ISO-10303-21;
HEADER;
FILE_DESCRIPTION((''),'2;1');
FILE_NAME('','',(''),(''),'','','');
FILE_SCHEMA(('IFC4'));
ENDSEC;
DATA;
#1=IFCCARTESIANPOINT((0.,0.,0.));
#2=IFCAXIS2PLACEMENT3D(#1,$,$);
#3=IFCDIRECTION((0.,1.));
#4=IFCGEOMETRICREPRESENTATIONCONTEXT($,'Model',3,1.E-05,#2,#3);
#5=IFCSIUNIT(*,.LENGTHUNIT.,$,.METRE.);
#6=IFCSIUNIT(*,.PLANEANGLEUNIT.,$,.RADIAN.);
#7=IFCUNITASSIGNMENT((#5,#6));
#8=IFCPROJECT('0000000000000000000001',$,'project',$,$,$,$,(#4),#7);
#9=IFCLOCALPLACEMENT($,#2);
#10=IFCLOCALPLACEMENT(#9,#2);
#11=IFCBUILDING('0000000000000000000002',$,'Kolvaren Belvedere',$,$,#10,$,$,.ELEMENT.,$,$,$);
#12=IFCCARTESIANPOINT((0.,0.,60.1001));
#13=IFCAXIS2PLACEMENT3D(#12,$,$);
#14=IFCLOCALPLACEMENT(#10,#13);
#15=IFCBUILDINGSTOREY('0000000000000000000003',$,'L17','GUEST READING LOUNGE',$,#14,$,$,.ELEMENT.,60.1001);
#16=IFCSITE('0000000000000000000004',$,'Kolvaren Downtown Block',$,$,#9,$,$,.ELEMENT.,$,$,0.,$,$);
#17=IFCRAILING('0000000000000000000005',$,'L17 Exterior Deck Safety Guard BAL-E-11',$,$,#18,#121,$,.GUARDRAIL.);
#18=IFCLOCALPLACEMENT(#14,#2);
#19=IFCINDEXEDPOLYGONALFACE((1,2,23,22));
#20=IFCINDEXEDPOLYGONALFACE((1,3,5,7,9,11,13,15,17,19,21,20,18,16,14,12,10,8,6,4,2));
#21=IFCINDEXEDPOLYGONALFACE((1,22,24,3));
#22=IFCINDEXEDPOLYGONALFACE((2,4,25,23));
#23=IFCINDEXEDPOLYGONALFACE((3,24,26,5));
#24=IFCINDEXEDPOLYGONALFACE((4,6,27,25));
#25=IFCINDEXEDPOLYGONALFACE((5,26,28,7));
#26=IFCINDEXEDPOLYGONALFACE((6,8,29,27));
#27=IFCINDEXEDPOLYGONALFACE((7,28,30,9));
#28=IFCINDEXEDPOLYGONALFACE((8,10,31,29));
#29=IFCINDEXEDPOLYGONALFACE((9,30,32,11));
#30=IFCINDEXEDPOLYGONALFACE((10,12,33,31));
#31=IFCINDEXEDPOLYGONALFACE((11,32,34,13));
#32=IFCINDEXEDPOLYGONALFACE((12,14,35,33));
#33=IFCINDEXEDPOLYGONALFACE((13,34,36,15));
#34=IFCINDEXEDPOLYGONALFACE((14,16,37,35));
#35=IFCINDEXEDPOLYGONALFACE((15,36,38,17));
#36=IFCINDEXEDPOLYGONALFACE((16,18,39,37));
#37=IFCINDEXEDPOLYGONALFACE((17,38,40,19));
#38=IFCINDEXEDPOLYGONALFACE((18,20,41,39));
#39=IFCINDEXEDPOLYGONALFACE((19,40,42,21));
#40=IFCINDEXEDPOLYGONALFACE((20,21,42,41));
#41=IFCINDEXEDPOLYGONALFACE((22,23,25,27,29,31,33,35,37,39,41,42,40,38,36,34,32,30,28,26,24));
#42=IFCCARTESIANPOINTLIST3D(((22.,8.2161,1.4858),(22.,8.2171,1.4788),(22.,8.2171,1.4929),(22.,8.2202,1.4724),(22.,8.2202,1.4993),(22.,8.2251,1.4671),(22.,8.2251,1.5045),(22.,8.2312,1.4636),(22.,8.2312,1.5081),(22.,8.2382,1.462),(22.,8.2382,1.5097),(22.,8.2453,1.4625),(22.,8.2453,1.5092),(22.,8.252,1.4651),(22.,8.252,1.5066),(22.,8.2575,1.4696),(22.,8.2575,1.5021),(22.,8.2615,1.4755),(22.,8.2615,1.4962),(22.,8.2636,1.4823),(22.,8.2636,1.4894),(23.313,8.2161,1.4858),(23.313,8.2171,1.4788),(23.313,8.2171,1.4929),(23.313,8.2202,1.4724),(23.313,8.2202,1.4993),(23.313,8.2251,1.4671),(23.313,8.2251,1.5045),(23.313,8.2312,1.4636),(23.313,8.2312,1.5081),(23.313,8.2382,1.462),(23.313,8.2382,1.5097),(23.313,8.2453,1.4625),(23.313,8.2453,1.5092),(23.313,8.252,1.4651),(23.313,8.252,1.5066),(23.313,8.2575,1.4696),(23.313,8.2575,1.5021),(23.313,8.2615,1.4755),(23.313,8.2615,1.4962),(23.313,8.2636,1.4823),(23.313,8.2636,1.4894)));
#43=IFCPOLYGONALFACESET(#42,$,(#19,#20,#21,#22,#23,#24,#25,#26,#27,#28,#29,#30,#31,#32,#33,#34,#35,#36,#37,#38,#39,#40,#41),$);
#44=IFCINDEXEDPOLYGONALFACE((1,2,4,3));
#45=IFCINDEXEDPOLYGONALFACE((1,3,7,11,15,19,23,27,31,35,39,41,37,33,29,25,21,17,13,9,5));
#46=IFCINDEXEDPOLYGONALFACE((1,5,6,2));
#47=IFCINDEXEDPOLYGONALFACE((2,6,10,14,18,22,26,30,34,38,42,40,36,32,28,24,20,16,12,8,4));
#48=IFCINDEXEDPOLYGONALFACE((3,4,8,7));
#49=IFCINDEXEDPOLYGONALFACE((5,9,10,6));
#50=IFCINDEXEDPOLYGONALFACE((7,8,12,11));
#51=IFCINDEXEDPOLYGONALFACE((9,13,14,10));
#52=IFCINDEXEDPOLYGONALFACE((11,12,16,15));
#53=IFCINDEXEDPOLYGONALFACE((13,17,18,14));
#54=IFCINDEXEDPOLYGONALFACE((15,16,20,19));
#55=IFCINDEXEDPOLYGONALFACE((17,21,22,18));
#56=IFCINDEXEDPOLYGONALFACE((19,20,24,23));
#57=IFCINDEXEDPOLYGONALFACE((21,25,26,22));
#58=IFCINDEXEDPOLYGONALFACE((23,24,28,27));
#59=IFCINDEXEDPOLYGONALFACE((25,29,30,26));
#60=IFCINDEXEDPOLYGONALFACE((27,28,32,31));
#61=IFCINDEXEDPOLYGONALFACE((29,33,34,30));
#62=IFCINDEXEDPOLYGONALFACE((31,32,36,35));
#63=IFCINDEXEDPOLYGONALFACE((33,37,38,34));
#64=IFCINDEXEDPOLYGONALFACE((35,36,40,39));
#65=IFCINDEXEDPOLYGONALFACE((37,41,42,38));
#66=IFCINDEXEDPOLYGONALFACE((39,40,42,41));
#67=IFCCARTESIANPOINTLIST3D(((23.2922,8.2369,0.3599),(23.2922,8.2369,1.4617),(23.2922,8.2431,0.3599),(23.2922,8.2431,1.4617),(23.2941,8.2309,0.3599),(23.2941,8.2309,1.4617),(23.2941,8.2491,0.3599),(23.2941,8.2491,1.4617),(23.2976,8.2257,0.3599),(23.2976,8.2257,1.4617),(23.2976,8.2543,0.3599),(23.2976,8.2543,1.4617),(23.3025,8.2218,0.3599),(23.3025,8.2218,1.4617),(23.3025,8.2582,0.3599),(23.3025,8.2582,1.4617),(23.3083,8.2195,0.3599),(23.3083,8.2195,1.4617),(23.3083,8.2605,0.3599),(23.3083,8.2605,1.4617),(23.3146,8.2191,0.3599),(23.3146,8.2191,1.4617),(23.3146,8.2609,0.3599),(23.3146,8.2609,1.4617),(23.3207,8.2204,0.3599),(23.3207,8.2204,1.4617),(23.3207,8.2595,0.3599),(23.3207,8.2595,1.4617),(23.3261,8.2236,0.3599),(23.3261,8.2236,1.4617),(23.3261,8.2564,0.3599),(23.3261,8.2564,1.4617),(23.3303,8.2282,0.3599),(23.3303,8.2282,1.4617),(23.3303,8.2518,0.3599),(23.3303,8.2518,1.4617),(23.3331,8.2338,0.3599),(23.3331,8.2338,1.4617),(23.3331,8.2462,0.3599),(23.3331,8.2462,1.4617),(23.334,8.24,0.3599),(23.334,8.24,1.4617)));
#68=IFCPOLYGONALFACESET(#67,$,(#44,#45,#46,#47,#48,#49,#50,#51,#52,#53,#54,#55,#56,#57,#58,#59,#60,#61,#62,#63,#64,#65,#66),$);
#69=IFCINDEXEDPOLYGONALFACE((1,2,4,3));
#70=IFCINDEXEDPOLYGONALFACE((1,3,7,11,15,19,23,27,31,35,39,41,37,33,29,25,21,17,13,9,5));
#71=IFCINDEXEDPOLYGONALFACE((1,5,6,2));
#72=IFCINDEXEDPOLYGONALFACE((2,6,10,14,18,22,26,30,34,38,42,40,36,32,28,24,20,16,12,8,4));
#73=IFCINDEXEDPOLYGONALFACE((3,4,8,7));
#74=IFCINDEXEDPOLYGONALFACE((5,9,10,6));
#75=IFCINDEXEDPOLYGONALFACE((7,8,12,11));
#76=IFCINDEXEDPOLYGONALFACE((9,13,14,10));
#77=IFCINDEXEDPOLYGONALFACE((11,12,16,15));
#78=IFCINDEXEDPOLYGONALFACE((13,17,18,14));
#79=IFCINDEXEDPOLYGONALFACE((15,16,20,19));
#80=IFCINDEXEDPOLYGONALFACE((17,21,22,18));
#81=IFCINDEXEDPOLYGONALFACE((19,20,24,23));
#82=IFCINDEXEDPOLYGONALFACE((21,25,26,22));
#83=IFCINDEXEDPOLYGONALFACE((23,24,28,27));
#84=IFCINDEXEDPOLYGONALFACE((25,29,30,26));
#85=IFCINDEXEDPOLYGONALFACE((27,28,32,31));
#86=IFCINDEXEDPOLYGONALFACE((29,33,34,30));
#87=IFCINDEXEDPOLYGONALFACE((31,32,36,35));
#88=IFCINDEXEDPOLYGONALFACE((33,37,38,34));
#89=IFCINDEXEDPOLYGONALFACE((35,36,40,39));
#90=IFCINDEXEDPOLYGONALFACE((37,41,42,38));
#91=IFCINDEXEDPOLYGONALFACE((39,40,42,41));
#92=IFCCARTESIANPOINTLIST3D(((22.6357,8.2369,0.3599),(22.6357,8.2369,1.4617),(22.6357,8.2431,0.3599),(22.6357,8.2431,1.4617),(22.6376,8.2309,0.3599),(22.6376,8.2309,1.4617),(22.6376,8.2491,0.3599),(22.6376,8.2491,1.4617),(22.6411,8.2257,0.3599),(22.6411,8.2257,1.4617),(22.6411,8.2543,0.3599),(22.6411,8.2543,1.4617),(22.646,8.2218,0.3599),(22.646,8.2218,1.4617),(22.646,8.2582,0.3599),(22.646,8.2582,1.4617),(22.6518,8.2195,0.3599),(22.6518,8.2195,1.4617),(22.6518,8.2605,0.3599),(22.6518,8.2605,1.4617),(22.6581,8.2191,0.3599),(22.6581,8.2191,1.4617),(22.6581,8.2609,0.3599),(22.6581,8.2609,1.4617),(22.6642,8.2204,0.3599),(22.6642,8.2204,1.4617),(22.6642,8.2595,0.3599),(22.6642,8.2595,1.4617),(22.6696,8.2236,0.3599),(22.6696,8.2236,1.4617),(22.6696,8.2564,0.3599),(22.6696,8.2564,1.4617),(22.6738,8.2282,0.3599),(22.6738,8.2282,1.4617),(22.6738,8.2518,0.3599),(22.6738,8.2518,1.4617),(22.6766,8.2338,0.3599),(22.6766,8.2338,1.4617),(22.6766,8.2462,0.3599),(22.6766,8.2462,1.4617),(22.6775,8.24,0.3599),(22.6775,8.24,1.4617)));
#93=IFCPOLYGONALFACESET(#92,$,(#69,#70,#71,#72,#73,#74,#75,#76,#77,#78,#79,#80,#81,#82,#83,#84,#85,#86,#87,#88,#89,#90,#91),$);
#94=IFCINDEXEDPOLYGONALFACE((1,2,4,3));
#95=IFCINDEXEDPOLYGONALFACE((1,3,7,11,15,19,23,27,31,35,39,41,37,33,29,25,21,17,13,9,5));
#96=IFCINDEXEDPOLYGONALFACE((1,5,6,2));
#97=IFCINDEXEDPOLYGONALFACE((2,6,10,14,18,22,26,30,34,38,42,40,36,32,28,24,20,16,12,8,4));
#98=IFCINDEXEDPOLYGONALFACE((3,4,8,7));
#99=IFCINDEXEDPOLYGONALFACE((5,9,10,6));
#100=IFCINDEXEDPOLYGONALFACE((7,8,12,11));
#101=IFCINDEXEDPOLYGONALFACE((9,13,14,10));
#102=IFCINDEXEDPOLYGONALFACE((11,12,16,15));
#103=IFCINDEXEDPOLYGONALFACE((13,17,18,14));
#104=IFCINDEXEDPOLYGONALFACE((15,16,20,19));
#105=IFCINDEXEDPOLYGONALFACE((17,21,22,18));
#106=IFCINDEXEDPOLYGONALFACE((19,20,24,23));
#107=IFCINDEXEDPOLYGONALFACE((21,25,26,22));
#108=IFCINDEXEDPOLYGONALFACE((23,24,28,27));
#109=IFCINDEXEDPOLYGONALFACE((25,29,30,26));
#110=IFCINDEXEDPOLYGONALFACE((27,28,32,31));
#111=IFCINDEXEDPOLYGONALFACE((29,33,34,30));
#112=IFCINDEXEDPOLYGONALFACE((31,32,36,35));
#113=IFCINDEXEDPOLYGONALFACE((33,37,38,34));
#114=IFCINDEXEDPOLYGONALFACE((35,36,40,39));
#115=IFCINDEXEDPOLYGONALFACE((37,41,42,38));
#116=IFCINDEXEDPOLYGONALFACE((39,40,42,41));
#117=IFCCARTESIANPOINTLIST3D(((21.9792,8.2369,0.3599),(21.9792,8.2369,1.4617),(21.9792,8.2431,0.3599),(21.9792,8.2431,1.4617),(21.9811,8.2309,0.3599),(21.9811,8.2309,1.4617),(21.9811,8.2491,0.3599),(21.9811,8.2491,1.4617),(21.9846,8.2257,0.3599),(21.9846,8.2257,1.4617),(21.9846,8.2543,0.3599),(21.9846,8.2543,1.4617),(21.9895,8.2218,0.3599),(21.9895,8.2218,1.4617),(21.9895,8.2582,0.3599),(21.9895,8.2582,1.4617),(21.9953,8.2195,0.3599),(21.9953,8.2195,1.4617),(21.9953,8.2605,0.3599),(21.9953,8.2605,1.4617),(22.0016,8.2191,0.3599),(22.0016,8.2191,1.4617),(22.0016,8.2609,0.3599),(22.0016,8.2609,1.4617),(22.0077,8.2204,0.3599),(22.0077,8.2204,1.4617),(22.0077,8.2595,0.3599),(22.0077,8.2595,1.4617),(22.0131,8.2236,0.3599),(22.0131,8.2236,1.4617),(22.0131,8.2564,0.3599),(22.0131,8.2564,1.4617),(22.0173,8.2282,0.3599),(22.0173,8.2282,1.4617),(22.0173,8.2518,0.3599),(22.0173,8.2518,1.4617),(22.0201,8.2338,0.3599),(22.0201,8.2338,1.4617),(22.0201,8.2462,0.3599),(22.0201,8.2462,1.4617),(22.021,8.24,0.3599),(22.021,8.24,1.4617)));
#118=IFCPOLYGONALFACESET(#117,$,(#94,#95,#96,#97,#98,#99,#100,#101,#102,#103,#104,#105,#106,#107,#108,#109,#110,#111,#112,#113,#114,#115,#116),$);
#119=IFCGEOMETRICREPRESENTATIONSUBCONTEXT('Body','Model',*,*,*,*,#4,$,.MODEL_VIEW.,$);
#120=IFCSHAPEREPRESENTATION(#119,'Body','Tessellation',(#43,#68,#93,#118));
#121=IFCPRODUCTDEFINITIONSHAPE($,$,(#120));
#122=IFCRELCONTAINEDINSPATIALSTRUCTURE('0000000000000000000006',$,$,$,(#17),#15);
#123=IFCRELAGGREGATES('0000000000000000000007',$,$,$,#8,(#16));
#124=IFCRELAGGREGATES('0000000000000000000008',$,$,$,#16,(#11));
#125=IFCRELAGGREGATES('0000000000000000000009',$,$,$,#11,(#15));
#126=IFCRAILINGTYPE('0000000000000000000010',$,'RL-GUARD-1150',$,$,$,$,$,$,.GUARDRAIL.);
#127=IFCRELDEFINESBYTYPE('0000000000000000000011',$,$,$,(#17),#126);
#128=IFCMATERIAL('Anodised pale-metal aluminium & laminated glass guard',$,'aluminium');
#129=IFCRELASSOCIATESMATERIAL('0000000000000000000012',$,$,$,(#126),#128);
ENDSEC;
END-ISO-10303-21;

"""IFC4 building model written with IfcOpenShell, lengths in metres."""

from ifc_helpers import new_model, si_unit, direction, frame, origin, origin_2d, place, context, subcontext, project, spatial, circle, extrude, material, type_object, element, save


model = new_model("IFC4")

# Units and contexts
model_context = context("Model", 3, precision=1e-05, world=origin(), true_north=direction((0.0, 1.0)))
body_context = subcontext(model_context, "Body", "Model", "MODEL_VIEW")
ifc_project = project(units=[si_unit("LENGTHUNIT", "METRE"), si_unit("PLANEANGLEUNIT", "RADIAN")], contexts=[model_context])

# Site, building, storey
site_placement = place(None, origin())
site = spatial("IfcSite", under=ifc_project, at=site_placement, Name="Kolvaren Downtown Block", CompositionType="ELEMENT", RefElevation=0.0)
building_placement = place(site_placement, origin())
building = spatial("IfcBuilding", under=site, at=building_placement, Name="Kolvaren Belvedere", CompositionType="ELEMENT")
storey_placement = place(building_placement, frame((0.0, 0.0, 60.1001)))
storey = spatial("IfcBuildingStorey", under=building, at=storey_placement, Name="L17", Description="GUEST READING LOUNGE", CompositionType="ELEMENT", Elevation=60.1001)

# Railing
ifc_material_1 = material(Name="Anodised pale-metal aluminium & laminated glass guard", Category="aluminium")
railing_type = type_object("IfcRailingType", Name="RL-GUARD-1150", PredefinedType="GUARDRAIL", material=ifc_material_1)
railing_placement = place(storey_placement, frame((23.313, 8.24, 0.3599)))
element("IfcRailing", 1, at=railing_placement, inside=storey, type_object=railing_type, Name="L17 Exterior Deck Safety Guard BAL-E-11", PredefinedType="GUARDRAIL", context=body_context, shape_type="SweptSolid", body=[
    extrude(circle(Radius=0.0239, at=origin_2d()), frame((0.0, 0.0, 1.126), z_axis=(-1.0, 0.0, 0.0), x_axis=(0.0, -1.0, 0.0)), (0.0, 0.0, 1.0), 1.313),
    extrude(circle(Radius=0.021, at=origin_2d()), origin(), (0.0, 0.0, 1.0), 1.1018),
    extrude(circle(Radius=0.021, at=origin_2d()), frame((-0.6565, 0.0, 0.0)), (0.0, 0.0, 1.0), 1.1018),
    extrude(circle(Radius=0.021, at=origin_2d()), frame((-1.313, 0.0, 0.0)), (0.0, 0.0, 1.0), 1.1018),
])

save(model, "model.ifc")
